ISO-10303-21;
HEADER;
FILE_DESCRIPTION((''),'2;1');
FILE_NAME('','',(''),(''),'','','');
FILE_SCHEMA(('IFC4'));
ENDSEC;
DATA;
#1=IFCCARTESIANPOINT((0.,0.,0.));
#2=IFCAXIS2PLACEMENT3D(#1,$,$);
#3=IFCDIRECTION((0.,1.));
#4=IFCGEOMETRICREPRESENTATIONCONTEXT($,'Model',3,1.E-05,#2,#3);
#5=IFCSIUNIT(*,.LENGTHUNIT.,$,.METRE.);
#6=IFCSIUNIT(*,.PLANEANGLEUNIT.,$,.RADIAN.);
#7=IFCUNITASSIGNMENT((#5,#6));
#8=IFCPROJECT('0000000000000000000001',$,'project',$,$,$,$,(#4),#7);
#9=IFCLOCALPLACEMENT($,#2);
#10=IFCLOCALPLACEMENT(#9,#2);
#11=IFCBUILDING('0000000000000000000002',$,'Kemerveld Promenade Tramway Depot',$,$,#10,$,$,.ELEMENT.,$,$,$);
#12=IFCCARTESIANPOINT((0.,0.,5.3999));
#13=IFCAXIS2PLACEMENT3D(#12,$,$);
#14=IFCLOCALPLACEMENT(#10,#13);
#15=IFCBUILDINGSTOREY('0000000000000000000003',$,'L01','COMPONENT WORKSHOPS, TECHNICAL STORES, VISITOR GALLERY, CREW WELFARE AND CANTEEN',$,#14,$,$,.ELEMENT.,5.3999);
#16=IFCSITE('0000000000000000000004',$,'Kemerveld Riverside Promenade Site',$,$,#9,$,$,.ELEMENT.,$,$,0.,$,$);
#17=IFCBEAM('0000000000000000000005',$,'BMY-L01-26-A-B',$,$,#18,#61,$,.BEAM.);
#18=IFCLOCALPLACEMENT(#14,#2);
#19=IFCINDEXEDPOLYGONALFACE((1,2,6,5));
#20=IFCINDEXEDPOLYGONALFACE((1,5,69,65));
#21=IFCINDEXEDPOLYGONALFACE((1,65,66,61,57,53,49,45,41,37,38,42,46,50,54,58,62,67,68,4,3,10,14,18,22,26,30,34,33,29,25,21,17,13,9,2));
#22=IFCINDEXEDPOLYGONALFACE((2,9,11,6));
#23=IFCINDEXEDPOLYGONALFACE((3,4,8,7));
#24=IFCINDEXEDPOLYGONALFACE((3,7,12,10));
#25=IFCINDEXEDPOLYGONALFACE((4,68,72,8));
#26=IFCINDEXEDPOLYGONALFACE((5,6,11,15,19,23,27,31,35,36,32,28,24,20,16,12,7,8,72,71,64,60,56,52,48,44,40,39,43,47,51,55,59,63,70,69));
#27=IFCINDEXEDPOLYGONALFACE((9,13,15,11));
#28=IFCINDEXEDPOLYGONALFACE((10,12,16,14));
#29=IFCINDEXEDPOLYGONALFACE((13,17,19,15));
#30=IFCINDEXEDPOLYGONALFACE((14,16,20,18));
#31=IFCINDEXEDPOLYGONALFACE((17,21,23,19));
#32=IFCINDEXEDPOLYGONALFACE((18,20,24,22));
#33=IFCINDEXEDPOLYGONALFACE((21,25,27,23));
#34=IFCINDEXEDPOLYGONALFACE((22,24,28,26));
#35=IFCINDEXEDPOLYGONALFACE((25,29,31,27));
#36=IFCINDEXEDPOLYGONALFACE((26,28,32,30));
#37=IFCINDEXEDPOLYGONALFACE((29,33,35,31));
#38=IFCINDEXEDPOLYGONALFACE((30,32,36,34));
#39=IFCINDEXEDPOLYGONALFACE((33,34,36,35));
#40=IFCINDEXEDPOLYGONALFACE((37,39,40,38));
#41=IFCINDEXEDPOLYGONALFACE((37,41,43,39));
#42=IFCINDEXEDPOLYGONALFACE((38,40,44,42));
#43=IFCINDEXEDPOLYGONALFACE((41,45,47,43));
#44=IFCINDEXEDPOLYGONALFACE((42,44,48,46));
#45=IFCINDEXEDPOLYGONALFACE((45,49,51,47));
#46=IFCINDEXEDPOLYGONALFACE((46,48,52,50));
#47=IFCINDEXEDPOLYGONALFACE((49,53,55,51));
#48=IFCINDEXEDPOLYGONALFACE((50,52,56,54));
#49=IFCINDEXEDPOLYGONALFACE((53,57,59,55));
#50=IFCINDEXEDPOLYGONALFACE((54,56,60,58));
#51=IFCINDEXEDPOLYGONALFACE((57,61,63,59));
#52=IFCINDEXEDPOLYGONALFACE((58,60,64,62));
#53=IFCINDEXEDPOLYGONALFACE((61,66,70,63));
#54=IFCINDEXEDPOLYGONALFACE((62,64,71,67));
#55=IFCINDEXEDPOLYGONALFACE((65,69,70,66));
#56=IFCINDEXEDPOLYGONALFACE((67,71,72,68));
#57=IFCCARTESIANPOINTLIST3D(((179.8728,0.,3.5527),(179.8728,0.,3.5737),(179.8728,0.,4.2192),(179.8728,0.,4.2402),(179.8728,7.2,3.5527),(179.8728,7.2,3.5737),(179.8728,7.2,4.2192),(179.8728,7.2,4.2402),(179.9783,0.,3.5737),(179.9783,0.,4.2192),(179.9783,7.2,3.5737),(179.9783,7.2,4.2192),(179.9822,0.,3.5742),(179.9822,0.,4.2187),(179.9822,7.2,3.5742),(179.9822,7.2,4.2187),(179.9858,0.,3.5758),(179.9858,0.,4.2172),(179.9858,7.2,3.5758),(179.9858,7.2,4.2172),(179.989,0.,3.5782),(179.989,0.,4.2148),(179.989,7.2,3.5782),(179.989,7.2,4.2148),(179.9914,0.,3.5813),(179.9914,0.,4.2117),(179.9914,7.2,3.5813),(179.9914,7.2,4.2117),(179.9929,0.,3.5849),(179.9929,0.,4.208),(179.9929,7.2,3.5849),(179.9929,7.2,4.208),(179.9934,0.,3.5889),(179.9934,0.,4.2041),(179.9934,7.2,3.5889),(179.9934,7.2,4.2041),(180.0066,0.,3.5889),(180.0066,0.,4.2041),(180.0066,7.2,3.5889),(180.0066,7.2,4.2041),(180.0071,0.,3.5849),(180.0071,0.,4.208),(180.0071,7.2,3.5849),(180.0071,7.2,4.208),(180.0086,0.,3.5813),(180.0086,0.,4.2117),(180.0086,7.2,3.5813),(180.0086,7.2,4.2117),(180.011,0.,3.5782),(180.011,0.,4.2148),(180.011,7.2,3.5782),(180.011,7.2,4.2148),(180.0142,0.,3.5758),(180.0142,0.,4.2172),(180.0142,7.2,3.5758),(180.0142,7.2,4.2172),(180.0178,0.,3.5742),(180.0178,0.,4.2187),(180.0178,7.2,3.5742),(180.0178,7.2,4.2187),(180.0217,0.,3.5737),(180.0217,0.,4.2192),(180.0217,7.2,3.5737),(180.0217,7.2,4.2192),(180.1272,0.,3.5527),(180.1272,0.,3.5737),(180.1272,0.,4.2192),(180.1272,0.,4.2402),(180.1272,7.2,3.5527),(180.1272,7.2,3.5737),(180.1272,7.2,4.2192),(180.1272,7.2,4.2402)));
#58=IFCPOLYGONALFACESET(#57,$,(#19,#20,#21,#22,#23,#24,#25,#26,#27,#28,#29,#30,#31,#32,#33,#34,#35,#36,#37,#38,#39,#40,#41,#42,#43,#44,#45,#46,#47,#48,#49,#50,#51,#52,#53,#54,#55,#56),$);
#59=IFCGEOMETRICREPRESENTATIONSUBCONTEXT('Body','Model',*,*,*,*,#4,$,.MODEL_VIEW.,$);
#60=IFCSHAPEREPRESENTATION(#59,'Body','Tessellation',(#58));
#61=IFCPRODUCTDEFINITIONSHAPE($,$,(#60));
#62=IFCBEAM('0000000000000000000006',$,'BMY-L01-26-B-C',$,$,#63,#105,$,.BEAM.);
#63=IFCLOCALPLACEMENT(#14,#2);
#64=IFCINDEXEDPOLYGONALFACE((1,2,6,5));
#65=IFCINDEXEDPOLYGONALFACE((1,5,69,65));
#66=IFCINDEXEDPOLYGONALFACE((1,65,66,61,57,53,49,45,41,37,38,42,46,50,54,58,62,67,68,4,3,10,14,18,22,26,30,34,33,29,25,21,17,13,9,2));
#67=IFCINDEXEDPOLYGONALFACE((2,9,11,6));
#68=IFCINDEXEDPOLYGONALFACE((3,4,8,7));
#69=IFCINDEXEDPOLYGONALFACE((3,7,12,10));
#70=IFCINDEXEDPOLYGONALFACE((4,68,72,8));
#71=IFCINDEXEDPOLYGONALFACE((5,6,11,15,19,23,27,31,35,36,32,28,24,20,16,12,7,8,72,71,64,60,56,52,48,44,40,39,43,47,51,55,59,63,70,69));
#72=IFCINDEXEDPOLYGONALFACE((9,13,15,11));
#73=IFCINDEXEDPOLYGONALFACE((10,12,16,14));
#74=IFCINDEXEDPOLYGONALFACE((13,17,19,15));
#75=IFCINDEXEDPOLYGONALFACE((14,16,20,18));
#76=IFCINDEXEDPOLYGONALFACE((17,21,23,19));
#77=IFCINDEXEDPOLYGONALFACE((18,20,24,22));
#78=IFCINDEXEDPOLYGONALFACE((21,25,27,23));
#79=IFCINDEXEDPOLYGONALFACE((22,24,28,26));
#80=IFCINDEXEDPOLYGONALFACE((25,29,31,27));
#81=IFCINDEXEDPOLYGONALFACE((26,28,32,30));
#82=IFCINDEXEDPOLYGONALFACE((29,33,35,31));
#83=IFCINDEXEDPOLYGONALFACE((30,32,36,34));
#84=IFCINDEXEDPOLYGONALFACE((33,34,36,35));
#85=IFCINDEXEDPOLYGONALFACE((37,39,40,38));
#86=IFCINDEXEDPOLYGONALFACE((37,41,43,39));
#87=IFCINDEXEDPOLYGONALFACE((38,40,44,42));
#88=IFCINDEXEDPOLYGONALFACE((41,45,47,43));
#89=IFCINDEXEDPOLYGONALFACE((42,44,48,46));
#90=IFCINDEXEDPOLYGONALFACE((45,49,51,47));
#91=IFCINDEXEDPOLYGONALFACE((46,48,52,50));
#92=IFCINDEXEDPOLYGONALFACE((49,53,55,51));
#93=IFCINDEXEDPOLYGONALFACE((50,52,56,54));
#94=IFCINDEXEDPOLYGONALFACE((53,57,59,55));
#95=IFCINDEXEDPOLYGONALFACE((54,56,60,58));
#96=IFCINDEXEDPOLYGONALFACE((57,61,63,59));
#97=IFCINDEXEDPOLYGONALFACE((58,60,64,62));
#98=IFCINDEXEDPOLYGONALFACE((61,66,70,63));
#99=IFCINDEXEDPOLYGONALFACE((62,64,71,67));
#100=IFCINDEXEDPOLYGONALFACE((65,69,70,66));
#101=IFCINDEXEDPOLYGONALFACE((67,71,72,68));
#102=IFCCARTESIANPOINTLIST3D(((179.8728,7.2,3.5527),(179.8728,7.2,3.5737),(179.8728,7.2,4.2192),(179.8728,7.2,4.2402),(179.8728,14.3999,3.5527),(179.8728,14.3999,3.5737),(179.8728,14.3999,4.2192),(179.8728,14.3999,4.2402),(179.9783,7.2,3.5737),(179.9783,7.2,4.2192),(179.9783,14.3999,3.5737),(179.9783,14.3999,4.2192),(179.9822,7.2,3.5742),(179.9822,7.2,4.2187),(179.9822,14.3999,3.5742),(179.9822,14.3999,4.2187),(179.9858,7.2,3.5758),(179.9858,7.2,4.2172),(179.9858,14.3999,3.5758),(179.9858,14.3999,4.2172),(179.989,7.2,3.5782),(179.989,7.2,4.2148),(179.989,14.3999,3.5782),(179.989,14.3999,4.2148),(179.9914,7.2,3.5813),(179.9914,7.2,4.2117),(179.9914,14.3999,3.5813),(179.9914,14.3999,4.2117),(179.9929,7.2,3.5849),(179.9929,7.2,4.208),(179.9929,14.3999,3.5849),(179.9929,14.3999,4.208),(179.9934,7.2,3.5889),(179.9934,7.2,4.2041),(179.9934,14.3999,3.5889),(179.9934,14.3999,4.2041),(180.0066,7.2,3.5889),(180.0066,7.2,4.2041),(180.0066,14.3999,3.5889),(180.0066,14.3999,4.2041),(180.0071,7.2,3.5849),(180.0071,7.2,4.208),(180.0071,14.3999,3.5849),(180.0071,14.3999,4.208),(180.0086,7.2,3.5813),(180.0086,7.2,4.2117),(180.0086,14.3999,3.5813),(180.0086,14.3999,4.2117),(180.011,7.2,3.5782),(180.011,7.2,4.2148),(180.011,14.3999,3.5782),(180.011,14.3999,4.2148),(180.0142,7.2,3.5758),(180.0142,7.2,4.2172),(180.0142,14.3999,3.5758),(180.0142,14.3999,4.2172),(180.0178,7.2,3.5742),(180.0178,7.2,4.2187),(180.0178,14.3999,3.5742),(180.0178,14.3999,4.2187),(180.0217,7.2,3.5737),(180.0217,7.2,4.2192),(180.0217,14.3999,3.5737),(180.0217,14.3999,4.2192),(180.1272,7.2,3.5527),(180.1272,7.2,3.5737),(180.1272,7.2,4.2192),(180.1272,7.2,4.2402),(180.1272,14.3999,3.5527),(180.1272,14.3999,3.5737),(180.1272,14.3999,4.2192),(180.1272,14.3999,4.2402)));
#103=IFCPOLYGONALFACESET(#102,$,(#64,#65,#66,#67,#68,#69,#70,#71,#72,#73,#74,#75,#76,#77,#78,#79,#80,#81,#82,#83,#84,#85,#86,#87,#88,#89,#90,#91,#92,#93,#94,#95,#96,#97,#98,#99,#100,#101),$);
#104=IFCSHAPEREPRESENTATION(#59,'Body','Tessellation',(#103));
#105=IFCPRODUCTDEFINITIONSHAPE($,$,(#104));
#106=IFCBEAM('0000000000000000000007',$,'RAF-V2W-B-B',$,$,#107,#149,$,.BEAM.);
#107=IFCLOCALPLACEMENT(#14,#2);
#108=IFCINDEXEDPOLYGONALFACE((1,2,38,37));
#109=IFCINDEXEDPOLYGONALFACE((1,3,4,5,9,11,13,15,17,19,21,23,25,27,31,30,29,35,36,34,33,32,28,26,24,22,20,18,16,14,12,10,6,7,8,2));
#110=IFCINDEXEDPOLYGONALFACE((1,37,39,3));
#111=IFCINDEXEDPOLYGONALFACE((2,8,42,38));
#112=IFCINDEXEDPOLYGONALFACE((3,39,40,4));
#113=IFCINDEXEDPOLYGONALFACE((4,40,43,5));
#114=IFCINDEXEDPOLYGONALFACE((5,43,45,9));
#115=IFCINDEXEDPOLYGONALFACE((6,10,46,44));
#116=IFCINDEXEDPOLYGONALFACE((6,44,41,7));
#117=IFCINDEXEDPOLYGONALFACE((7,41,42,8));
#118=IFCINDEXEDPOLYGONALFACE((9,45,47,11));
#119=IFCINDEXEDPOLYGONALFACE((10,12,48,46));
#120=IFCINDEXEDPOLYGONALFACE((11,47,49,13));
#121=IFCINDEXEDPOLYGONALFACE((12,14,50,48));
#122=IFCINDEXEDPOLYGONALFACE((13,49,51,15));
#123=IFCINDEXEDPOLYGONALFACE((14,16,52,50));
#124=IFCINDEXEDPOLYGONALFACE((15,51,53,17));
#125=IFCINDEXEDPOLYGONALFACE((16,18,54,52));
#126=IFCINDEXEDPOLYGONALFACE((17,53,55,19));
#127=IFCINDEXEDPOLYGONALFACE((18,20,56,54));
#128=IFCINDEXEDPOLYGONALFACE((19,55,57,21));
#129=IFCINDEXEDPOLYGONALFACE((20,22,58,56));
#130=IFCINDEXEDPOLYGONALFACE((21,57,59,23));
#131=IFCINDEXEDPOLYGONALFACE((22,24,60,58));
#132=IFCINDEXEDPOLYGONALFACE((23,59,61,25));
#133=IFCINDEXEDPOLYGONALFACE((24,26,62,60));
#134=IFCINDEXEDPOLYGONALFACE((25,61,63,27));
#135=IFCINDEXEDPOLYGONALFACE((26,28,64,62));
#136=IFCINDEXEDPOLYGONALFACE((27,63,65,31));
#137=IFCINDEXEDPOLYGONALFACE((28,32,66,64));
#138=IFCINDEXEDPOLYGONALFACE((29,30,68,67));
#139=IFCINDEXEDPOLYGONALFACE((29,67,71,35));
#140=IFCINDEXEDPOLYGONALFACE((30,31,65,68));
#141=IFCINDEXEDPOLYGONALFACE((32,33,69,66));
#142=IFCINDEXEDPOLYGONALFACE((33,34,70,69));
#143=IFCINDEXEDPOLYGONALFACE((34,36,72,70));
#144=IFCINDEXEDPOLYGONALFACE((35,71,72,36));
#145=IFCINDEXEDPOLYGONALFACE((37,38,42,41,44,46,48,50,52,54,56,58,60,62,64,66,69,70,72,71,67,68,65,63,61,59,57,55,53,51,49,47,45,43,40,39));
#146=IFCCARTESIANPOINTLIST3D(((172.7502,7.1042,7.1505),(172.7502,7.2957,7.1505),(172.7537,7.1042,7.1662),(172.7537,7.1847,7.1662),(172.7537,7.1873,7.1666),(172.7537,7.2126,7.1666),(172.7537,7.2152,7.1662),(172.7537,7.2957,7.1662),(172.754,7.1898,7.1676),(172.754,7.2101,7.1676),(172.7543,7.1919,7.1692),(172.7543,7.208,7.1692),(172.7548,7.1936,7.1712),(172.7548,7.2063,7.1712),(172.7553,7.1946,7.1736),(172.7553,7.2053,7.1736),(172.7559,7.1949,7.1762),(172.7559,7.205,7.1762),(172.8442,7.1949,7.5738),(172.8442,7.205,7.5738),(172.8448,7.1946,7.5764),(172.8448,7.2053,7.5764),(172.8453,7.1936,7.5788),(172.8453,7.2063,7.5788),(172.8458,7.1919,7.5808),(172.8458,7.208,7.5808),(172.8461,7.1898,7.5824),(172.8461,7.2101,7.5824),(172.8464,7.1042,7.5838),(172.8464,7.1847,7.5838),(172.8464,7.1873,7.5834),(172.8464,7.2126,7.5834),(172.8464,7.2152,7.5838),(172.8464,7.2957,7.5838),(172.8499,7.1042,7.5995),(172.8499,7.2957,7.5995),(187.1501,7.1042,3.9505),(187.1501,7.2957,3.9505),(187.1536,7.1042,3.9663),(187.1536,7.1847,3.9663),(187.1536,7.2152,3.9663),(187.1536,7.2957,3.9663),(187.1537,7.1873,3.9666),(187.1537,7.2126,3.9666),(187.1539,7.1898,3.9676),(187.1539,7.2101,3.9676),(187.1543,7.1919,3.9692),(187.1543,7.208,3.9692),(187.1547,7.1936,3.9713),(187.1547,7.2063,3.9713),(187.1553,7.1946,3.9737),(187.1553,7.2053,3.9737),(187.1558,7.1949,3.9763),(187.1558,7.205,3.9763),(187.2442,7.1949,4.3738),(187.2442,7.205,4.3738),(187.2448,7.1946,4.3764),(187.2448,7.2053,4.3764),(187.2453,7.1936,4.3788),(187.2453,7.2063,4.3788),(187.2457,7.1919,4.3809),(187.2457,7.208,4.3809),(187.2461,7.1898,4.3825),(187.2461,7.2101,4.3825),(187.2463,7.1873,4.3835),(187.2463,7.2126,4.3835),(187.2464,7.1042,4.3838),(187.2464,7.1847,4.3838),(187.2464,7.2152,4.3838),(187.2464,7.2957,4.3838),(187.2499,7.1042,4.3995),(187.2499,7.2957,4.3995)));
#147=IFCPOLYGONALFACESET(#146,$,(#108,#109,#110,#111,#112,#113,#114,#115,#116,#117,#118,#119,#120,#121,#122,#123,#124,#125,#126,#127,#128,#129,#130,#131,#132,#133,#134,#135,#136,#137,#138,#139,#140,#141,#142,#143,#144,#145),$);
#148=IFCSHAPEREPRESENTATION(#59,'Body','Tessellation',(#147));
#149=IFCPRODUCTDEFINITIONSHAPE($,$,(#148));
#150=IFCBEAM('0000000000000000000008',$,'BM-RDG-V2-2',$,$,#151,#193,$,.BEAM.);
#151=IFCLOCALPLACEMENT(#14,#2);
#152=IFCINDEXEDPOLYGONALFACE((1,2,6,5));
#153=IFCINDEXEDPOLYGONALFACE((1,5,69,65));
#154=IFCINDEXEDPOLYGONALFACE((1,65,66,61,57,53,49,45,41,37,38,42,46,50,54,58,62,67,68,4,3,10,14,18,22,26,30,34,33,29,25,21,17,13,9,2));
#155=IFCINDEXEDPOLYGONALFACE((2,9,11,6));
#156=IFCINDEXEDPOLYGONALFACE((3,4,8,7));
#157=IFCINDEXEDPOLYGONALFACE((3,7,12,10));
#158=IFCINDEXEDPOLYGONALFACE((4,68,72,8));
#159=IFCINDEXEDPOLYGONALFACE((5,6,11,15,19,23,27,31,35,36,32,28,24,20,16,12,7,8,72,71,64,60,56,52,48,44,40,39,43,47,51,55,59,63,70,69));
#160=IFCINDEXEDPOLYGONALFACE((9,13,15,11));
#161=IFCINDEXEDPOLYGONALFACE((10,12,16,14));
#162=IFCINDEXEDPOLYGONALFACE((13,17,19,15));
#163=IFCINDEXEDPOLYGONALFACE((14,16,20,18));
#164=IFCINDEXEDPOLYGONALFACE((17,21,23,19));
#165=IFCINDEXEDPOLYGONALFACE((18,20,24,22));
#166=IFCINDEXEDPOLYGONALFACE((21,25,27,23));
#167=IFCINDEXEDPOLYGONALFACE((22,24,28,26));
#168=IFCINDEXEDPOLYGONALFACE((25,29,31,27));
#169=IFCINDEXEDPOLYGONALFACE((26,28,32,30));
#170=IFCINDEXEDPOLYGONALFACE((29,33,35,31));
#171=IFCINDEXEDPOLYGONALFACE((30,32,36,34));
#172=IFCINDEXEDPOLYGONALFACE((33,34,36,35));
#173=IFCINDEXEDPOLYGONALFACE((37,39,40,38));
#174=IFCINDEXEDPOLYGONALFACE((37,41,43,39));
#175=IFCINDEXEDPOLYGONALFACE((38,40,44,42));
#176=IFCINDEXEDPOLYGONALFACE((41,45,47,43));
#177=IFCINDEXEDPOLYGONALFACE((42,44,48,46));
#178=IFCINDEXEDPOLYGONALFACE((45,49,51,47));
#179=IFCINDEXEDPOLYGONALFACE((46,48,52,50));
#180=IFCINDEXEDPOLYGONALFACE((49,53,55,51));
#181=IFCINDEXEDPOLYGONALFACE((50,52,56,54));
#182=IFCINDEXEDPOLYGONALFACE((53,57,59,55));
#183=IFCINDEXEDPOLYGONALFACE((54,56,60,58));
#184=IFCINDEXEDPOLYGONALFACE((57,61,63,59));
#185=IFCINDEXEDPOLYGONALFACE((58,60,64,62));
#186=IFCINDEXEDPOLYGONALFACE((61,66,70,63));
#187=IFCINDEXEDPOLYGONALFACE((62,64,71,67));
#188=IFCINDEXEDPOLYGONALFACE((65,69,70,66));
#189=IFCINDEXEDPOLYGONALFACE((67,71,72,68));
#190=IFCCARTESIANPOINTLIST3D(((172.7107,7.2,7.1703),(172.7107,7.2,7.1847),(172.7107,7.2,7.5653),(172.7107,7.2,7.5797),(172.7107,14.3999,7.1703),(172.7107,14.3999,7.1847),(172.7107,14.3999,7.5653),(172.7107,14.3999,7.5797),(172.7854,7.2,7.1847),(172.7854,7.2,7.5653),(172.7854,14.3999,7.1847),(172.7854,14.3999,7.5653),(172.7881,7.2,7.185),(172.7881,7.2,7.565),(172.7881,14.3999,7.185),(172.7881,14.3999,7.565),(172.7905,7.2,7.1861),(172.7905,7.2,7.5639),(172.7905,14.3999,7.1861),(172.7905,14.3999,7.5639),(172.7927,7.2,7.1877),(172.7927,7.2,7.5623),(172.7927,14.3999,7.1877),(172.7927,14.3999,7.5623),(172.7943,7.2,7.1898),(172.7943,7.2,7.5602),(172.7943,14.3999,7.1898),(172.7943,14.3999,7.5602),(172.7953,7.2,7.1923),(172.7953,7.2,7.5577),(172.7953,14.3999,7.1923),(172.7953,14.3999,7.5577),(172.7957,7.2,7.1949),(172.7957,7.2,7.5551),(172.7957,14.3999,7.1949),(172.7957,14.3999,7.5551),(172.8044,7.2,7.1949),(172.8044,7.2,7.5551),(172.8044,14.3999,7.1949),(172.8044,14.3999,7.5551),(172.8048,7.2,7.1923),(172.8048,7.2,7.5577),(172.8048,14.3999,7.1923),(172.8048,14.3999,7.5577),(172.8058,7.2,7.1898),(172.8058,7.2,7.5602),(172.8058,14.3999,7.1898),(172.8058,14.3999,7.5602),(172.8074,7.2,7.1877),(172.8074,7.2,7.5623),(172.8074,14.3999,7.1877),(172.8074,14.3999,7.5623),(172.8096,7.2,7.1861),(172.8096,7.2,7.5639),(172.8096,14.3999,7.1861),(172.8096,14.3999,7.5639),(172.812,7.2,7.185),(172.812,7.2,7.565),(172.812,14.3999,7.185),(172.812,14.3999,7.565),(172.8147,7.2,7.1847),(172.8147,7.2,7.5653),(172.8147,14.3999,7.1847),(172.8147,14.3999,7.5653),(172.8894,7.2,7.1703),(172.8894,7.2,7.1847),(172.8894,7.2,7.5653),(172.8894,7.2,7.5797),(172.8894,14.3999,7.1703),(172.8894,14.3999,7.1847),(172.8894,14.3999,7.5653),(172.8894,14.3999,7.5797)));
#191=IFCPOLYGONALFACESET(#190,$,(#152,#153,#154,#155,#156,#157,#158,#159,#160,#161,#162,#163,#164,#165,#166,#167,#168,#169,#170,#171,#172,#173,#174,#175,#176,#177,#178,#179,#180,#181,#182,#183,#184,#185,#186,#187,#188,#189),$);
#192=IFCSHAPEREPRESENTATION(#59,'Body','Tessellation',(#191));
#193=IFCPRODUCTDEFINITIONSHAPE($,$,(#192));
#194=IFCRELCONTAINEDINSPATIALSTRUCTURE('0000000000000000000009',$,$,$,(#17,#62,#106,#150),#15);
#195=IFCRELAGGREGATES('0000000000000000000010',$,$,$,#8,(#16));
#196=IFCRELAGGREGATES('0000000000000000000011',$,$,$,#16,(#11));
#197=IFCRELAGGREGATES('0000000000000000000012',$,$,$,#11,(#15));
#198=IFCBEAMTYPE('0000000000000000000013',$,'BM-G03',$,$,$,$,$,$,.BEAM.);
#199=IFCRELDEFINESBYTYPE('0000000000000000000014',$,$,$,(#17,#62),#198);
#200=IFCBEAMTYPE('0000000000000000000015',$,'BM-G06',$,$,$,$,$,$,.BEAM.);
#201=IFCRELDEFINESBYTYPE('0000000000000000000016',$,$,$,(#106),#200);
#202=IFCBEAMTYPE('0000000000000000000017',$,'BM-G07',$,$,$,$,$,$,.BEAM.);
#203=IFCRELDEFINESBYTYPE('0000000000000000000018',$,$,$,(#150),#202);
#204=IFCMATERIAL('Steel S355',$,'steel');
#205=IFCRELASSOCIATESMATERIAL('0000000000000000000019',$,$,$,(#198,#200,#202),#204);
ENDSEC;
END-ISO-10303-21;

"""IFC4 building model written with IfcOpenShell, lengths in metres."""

from ifc_helpers import new_model, si_unit, direction, frame, origin, origin_2d, place, context, subcontext, project, spatial, i_section, extrude, material, material_profile, profile_set, type_object, element, save


model = new_model("IFC4")

# Units and contexts
model_context = context("Model", 3, precision=1e-05, world=origin(), true_north=direction((0.0, 1.0)))
body_context = subcontext(model_context, "Body", "Model", "MODEL_VIEW")
ifc_project = project(units=[si_unit("LENGTHUNIT", "METRE"), si_unit("PLANEANGLEUNIT", "RADIAN")], contexts=[model_context])

# Site, building, storey
site_placement = place(None, origin())
site = spatial("IfcSite", under=ifc_project, at=site_placement, Name="Kemerveld Riverside Promenade Site", CompositionType="ELEMENT", RefElevation=0.0)
building_placement = place(site_placement, origin())
building = spatial("IfcBuilding", under=site, at=building_placement, Name="Kemerveld Promenade Tramway Depot", CompositionType="ELEMENT")
storey_placement = place(building_placement, frame((0.0, 0.0, 5.3999)))
storey = spatial("IfcBuildingStorey", under=building, at=storey_placement, Name="L01", Description="COMPONENT WORKSHOPS, TECHNICAL STORES, VISITOR GALLERY, CREW WELFARE AND CANTEEN", CompositionType="ELEMENT", Elevation=5.3999)

# Shared definitions
ifc_material_1 = material(Name="Steel S355", Category="steel")

# Beams
ifc_material_profile_1 = material_profile(ifc_material_1, i_section(OverallWidth=0.2544, OverallDepth=0.6875, WebThickness=0.0132, FlangeThickness=0.021, FilletRadius=0.0151, at=origin_2d()), Name="686x254x152 UB")
ifc_profile_set_1 = profile_set([ifc_material_profile_1], Name="Steel S355")
beam_type_1 = type_object("IfcBeamType", Name="BM-G03", PredefinedType="BEAM", material=ifc_profile_set_1)
for number, where, z_axis, x_axis, name in (
    (1, (180.0, 0.0, 3.8965), (0.0, 1.0, 0.0), (-1.0, 0.0, 0.0), "BMY-L01-26-A-B"),
    (2, (180.0, 7.2, 3.8965), (0.0, 1.0, 0.0), (-1.0, 0.0, 0.0), "BMY-L01-26-B-C"),
):
    element("IfcBeam", number, at=place(storey_placement, frame(where, z_axis=z_axis, x_axis=x_axis)), inside=storey, type_object=beam_type_1, Name=name, PredefinedType="BEAM", context=body_context, shape_type="SweptSolid", body=[
        extrude(i_section(OverallWidth=0.2544, OverallDepth=0.6875, WebThickness=0.0132, FlangeThickness=0.021, FilletRadius=0.0151, at=origin_2d()), origin(), (0.0, 0.0, 1.0), 7.2),
    ])
ifc_material_profile_2 = material_profile(ifc_material_1, i_section(OverallWidth=0.1914, OverallDepth=0.46, WebThickness=0.01, FlangeThickness=0.0161, FilletRadius=0.0103, at=origin_2d()), Name="457x191x82 UB")
ifc_profile_set_2 = profile_set([ifc_material_profile_2], Name="Steel S355")
beam_type_2 = type_object("IfcBeamType", Name="BM-G06", PredefinedType="BEAM", material=ifc_profile_set_2)
beam_1_placement = place(storey_placement, frame((172.8, 7.2, 7.375), z_axis=(0.976187, 0.0, -0.216929), x_axis=(0.0, 1.0, 0.0)))
element("IfcBeam", 3, at=beam_1_placement, inside=storey, type_object=beam_type_2, Name="RAF-V2W-B-B", PredefinedType="BEAM", context=body_context, shape_type="SweptSolid", body=[
    extrude(i_section(OverallWidth=0.1914, OverallDepth=0.46, WebThickness=0.01, FlangeThickness=0.0161, FilletRadius=0.0103, at=origin_2d()), origin(), (0.0, 0.0, 1.0), 14.7512),
])
ifc_material_profile_3 = material_profile(ifc_material_1, i_section(OverallWidth=0.1787, OverallDepth=0.4094, WebThickness=0.0088, FlangeThickness=0.0144, FilletRadius=0.0103, at=origin_2d()), Name="406x178x67 UB")
ifc_profile_set_3 = profile_set([ifc_material_profile_3], Name="Steel S355")
beam_type_3 = type_object("IfcBeamType", Name="BM-G07", PredefinedType="BEAM", material=ifc_profile_set_3)
beam_2_placement = place(storey_placement, frame((172.8, 7.2, 7.375), z_axis=(0.0, 1.0, 0.0), x_axis=(-1.0, 0.0, 0.0)))
element("IfcBeam", 4, at=beam_2_placement, inside=storey, type_object=beam_type_3, Name="BM-RDG-V2-2", PredefinedType="BEAM", context=body_context, shape_type="SweptSolid", body=[
    extrude(i_section(OverallWidth=0.1787, OverallDepth=0.4094, WebThickness=0.0088, FlangeThickness=0.0144, FilletRadius=0.0103, at=origin_2d()), origin(), (0.0, 0.0, 1.0), 7.2),
])

save(model, "model.ifc")
